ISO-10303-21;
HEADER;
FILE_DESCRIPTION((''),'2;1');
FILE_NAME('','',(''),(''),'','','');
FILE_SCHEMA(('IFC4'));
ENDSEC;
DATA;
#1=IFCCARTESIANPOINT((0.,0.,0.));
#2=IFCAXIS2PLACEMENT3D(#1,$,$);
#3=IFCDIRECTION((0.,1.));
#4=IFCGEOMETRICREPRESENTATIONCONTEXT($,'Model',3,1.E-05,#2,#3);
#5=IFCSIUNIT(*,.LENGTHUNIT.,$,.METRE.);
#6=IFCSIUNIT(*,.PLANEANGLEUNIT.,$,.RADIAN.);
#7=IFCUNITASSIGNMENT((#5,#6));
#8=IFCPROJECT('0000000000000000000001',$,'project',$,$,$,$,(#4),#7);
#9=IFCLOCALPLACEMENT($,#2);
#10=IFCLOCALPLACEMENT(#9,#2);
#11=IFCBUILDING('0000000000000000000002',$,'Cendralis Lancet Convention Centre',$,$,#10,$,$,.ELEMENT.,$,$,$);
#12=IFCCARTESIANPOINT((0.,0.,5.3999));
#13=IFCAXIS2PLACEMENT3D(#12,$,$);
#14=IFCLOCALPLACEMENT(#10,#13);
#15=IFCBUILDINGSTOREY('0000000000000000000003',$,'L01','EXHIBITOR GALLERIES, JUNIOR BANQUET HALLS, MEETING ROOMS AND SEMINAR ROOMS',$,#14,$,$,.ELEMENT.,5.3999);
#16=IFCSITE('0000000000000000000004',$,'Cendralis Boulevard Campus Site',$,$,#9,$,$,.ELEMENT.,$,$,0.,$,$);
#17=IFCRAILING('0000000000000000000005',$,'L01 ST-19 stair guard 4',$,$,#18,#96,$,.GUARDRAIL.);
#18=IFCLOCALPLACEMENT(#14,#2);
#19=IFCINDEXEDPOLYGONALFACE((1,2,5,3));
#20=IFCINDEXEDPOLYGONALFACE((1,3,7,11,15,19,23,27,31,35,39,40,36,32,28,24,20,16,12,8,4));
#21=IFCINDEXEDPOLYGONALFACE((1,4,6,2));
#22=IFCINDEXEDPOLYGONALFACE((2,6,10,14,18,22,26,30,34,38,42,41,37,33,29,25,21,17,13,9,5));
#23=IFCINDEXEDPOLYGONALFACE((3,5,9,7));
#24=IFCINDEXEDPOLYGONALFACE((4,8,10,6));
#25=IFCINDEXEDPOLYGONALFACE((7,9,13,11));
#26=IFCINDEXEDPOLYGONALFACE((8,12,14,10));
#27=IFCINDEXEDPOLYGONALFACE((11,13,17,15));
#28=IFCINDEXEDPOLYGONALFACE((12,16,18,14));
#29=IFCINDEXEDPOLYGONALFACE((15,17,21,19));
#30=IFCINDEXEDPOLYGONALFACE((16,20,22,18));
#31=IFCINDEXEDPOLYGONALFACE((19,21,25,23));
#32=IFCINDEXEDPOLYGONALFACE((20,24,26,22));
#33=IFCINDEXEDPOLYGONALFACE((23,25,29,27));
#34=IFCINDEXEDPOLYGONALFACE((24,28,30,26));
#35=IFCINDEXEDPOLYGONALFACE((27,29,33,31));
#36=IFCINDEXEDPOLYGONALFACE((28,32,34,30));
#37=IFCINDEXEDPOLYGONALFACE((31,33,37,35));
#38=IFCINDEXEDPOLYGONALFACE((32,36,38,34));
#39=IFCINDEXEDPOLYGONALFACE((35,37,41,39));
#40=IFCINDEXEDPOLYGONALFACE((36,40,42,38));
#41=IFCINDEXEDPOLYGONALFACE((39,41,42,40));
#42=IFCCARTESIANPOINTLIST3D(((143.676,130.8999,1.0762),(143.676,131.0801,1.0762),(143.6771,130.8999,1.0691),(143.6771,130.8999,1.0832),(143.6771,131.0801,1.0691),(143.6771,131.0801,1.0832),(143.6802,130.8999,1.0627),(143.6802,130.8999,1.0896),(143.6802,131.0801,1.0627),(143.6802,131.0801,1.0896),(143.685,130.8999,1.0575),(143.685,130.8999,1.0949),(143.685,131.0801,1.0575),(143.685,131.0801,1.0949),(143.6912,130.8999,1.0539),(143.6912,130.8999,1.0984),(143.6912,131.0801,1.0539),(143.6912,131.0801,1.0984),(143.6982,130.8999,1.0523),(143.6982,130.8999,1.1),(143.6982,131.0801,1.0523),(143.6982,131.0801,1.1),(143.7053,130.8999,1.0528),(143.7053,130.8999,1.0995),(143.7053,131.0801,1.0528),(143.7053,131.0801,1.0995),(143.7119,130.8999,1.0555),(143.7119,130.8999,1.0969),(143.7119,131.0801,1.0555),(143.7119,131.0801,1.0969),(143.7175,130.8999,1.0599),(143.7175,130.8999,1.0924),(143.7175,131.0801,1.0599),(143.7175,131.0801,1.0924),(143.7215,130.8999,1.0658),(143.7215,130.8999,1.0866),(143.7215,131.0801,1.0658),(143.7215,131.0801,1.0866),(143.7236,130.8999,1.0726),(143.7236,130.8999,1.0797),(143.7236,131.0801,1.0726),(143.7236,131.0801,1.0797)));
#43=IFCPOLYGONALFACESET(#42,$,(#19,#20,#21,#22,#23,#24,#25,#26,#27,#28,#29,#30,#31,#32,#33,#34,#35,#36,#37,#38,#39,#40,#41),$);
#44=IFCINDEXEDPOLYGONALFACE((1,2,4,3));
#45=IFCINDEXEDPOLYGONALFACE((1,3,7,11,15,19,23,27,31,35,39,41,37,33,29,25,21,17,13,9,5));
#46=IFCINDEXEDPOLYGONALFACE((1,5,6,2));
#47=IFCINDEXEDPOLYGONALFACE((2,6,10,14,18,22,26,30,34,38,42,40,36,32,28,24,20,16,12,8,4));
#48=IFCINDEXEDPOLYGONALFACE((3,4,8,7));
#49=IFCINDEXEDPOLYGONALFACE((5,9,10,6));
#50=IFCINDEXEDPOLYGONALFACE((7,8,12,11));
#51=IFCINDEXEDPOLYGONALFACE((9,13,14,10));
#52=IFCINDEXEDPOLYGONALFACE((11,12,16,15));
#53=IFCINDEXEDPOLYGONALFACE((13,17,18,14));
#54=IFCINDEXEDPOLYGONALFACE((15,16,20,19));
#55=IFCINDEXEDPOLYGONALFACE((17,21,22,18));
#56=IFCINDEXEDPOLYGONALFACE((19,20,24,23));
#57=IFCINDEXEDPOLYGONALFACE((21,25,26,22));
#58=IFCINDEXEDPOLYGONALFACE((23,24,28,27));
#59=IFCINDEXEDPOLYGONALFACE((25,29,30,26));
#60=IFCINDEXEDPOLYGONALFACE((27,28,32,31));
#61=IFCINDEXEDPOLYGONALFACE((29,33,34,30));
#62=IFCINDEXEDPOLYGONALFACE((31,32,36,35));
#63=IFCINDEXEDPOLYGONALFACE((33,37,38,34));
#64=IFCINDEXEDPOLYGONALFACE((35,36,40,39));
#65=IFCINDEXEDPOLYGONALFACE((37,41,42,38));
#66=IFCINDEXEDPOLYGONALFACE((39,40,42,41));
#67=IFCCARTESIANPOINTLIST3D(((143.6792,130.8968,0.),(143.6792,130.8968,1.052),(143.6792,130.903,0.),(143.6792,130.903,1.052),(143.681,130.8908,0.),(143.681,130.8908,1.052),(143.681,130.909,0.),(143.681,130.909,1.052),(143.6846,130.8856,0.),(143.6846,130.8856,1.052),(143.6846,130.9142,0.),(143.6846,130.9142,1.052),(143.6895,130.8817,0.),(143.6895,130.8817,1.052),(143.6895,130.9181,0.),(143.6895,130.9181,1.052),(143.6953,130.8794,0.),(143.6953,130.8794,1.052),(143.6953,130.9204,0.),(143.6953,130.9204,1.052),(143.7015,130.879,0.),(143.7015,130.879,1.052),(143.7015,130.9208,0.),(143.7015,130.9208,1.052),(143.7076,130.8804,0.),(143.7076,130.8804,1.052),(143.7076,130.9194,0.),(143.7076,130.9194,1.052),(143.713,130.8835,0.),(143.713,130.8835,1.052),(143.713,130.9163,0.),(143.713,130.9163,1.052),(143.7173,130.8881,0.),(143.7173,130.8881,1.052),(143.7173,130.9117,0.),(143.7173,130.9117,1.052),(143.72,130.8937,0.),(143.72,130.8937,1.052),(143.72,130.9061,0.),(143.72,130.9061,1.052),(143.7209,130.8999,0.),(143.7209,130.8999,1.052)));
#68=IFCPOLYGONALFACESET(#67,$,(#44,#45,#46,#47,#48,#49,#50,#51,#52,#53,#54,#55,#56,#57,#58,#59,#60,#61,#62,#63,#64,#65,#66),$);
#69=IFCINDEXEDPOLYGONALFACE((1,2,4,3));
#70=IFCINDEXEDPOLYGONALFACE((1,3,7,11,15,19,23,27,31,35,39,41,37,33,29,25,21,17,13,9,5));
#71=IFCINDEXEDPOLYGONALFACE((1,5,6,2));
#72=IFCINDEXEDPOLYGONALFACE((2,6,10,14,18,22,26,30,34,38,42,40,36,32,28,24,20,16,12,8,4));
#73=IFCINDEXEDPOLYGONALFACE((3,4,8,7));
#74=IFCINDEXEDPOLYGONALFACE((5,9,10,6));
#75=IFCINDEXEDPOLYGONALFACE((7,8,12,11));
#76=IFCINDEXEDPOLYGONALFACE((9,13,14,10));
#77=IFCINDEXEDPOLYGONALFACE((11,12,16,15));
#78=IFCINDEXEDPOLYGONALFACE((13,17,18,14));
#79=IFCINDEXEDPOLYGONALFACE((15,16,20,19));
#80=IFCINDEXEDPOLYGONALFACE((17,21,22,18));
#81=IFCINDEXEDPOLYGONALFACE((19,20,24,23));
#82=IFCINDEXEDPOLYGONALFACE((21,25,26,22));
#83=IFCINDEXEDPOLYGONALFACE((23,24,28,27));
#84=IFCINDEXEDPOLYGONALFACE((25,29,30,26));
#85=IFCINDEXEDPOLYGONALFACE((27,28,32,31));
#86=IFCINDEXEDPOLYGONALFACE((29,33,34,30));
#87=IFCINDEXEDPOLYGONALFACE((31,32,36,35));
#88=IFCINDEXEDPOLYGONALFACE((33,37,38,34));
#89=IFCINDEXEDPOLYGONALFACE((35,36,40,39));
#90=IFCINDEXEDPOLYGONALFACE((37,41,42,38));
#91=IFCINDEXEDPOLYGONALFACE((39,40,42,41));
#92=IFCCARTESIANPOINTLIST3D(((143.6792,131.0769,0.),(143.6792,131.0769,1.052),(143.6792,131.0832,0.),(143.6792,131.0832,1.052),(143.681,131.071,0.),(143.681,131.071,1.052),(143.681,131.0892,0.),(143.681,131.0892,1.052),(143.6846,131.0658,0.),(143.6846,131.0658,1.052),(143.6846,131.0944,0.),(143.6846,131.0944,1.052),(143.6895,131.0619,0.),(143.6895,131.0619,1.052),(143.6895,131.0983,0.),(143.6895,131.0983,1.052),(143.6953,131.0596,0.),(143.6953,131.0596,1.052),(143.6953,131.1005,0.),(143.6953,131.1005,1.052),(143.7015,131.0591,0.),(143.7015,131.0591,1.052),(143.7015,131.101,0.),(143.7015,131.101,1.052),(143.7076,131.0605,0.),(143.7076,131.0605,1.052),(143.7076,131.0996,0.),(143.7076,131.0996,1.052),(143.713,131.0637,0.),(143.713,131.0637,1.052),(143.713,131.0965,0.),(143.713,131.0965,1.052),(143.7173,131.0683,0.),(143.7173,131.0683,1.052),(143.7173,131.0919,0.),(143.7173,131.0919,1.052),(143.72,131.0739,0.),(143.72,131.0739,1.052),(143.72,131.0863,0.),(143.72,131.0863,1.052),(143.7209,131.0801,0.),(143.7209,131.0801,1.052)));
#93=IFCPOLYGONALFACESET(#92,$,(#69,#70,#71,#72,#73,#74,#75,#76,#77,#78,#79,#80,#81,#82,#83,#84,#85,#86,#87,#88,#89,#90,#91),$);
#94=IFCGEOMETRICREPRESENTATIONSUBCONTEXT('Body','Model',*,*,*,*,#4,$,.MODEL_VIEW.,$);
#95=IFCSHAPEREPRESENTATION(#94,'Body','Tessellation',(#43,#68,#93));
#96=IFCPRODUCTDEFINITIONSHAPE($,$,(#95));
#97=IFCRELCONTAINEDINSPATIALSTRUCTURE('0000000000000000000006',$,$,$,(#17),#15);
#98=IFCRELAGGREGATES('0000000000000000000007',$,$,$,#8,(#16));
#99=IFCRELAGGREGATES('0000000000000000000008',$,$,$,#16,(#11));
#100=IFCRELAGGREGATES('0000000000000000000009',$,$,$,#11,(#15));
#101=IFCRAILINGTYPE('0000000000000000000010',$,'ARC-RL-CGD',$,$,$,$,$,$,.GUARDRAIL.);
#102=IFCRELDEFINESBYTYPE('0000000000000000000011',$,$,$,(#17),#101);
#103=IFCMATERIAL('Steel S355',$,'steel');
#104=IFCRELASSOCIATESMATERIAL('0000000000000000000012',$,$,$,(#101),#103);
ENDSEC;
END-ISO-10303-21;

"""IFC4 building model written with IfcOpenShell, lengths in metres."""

from ifc_helpers import new_model, si_unit, direction, frame, origin, origin_2d, place, context, subcontext, project, spatial, circle, extrude, material, type_object, element, save


model = new_model("IFC4")

# Units and contexts
model_context = context("Model", 3, precision=1e-05, world=origin(), true_north=direction((0.0, 1.0)))
body_context = subcontext(model_context, "Body", "Model", "MODEL_VIEW")
ifc_project = project(units=[si_unit("LENGTHUNIT", "METRE"), si_unit("PLANEANGLEUNIT", "RADIAN")], contexts=[model_context])

# Site, building, storey
site_placement = place(None, origin())
site = spatial("IfcSite", under=ifc_project, at=site_placement, Name="Cendralis Boulevard Campus Site", CompositionType="ELEMENT", RefElevation=0.0)
building_placement = place(site_placement, origin())
building = spatial("IfcBuilding", under=site, at=building_placement, Name="Cendralis Lancet Convention Centre", CompositionType="ELEMENT")
storey_placement = place(building_placement, frame((0.0, 0.0, 5.3999)))
storey = spatial("IfcBuildingStorey", under=building, at=storey_placement, Name="L01", Description="EXHIBITOR GALLERIES, JUNIOR BANQUET HALLS, MEETING ROOMS AND SEMINAR ROOMS", CompositionType="ELEMENT", Elevation=5.3999)

# Shared definitions
ifc_material_1 = material(Name="Steel S355", Category="steel")

# Railing
railing_type_1 = type_object("IfcRailingType", Name="ARC-RL-CGD", PredefinedType="GUARDRAIL", material=ifc_material_1)
railing_1_placement = place(storey_placement, frame((143.7, 130.8999, 0.0)))
element("IfcRailing", 1, at=railing_1_placement, inside=storey, type_object=railing_type_1, Name="L01 ST-19 stair guard 4", PredefinedType="GUARDRAIL", context=body_context, shape_type="SweptSolid", body=[
    extrude(circle(Radius=0.0239, at=origin_2d()), frame((0.0, 0.0, 1.0762), z_axis=(0.0, 1.0, 0.0), x_axis=(-1.0, 0.0, 0.0)), (0.0, 0.0, 1.0), 0.1802),
    extrude(circle(Radius=0.021, at=origin_2d()), origin(), (0.0, 0.0, 1.0), 1.052),
    extrude(circle(Radius=0.021, at=origin_2d()), frame((0.0, 0.1802, 0.0)), (0.0, 0.0, 1.0), 1.052),
])

save(model, "model.ifc")
